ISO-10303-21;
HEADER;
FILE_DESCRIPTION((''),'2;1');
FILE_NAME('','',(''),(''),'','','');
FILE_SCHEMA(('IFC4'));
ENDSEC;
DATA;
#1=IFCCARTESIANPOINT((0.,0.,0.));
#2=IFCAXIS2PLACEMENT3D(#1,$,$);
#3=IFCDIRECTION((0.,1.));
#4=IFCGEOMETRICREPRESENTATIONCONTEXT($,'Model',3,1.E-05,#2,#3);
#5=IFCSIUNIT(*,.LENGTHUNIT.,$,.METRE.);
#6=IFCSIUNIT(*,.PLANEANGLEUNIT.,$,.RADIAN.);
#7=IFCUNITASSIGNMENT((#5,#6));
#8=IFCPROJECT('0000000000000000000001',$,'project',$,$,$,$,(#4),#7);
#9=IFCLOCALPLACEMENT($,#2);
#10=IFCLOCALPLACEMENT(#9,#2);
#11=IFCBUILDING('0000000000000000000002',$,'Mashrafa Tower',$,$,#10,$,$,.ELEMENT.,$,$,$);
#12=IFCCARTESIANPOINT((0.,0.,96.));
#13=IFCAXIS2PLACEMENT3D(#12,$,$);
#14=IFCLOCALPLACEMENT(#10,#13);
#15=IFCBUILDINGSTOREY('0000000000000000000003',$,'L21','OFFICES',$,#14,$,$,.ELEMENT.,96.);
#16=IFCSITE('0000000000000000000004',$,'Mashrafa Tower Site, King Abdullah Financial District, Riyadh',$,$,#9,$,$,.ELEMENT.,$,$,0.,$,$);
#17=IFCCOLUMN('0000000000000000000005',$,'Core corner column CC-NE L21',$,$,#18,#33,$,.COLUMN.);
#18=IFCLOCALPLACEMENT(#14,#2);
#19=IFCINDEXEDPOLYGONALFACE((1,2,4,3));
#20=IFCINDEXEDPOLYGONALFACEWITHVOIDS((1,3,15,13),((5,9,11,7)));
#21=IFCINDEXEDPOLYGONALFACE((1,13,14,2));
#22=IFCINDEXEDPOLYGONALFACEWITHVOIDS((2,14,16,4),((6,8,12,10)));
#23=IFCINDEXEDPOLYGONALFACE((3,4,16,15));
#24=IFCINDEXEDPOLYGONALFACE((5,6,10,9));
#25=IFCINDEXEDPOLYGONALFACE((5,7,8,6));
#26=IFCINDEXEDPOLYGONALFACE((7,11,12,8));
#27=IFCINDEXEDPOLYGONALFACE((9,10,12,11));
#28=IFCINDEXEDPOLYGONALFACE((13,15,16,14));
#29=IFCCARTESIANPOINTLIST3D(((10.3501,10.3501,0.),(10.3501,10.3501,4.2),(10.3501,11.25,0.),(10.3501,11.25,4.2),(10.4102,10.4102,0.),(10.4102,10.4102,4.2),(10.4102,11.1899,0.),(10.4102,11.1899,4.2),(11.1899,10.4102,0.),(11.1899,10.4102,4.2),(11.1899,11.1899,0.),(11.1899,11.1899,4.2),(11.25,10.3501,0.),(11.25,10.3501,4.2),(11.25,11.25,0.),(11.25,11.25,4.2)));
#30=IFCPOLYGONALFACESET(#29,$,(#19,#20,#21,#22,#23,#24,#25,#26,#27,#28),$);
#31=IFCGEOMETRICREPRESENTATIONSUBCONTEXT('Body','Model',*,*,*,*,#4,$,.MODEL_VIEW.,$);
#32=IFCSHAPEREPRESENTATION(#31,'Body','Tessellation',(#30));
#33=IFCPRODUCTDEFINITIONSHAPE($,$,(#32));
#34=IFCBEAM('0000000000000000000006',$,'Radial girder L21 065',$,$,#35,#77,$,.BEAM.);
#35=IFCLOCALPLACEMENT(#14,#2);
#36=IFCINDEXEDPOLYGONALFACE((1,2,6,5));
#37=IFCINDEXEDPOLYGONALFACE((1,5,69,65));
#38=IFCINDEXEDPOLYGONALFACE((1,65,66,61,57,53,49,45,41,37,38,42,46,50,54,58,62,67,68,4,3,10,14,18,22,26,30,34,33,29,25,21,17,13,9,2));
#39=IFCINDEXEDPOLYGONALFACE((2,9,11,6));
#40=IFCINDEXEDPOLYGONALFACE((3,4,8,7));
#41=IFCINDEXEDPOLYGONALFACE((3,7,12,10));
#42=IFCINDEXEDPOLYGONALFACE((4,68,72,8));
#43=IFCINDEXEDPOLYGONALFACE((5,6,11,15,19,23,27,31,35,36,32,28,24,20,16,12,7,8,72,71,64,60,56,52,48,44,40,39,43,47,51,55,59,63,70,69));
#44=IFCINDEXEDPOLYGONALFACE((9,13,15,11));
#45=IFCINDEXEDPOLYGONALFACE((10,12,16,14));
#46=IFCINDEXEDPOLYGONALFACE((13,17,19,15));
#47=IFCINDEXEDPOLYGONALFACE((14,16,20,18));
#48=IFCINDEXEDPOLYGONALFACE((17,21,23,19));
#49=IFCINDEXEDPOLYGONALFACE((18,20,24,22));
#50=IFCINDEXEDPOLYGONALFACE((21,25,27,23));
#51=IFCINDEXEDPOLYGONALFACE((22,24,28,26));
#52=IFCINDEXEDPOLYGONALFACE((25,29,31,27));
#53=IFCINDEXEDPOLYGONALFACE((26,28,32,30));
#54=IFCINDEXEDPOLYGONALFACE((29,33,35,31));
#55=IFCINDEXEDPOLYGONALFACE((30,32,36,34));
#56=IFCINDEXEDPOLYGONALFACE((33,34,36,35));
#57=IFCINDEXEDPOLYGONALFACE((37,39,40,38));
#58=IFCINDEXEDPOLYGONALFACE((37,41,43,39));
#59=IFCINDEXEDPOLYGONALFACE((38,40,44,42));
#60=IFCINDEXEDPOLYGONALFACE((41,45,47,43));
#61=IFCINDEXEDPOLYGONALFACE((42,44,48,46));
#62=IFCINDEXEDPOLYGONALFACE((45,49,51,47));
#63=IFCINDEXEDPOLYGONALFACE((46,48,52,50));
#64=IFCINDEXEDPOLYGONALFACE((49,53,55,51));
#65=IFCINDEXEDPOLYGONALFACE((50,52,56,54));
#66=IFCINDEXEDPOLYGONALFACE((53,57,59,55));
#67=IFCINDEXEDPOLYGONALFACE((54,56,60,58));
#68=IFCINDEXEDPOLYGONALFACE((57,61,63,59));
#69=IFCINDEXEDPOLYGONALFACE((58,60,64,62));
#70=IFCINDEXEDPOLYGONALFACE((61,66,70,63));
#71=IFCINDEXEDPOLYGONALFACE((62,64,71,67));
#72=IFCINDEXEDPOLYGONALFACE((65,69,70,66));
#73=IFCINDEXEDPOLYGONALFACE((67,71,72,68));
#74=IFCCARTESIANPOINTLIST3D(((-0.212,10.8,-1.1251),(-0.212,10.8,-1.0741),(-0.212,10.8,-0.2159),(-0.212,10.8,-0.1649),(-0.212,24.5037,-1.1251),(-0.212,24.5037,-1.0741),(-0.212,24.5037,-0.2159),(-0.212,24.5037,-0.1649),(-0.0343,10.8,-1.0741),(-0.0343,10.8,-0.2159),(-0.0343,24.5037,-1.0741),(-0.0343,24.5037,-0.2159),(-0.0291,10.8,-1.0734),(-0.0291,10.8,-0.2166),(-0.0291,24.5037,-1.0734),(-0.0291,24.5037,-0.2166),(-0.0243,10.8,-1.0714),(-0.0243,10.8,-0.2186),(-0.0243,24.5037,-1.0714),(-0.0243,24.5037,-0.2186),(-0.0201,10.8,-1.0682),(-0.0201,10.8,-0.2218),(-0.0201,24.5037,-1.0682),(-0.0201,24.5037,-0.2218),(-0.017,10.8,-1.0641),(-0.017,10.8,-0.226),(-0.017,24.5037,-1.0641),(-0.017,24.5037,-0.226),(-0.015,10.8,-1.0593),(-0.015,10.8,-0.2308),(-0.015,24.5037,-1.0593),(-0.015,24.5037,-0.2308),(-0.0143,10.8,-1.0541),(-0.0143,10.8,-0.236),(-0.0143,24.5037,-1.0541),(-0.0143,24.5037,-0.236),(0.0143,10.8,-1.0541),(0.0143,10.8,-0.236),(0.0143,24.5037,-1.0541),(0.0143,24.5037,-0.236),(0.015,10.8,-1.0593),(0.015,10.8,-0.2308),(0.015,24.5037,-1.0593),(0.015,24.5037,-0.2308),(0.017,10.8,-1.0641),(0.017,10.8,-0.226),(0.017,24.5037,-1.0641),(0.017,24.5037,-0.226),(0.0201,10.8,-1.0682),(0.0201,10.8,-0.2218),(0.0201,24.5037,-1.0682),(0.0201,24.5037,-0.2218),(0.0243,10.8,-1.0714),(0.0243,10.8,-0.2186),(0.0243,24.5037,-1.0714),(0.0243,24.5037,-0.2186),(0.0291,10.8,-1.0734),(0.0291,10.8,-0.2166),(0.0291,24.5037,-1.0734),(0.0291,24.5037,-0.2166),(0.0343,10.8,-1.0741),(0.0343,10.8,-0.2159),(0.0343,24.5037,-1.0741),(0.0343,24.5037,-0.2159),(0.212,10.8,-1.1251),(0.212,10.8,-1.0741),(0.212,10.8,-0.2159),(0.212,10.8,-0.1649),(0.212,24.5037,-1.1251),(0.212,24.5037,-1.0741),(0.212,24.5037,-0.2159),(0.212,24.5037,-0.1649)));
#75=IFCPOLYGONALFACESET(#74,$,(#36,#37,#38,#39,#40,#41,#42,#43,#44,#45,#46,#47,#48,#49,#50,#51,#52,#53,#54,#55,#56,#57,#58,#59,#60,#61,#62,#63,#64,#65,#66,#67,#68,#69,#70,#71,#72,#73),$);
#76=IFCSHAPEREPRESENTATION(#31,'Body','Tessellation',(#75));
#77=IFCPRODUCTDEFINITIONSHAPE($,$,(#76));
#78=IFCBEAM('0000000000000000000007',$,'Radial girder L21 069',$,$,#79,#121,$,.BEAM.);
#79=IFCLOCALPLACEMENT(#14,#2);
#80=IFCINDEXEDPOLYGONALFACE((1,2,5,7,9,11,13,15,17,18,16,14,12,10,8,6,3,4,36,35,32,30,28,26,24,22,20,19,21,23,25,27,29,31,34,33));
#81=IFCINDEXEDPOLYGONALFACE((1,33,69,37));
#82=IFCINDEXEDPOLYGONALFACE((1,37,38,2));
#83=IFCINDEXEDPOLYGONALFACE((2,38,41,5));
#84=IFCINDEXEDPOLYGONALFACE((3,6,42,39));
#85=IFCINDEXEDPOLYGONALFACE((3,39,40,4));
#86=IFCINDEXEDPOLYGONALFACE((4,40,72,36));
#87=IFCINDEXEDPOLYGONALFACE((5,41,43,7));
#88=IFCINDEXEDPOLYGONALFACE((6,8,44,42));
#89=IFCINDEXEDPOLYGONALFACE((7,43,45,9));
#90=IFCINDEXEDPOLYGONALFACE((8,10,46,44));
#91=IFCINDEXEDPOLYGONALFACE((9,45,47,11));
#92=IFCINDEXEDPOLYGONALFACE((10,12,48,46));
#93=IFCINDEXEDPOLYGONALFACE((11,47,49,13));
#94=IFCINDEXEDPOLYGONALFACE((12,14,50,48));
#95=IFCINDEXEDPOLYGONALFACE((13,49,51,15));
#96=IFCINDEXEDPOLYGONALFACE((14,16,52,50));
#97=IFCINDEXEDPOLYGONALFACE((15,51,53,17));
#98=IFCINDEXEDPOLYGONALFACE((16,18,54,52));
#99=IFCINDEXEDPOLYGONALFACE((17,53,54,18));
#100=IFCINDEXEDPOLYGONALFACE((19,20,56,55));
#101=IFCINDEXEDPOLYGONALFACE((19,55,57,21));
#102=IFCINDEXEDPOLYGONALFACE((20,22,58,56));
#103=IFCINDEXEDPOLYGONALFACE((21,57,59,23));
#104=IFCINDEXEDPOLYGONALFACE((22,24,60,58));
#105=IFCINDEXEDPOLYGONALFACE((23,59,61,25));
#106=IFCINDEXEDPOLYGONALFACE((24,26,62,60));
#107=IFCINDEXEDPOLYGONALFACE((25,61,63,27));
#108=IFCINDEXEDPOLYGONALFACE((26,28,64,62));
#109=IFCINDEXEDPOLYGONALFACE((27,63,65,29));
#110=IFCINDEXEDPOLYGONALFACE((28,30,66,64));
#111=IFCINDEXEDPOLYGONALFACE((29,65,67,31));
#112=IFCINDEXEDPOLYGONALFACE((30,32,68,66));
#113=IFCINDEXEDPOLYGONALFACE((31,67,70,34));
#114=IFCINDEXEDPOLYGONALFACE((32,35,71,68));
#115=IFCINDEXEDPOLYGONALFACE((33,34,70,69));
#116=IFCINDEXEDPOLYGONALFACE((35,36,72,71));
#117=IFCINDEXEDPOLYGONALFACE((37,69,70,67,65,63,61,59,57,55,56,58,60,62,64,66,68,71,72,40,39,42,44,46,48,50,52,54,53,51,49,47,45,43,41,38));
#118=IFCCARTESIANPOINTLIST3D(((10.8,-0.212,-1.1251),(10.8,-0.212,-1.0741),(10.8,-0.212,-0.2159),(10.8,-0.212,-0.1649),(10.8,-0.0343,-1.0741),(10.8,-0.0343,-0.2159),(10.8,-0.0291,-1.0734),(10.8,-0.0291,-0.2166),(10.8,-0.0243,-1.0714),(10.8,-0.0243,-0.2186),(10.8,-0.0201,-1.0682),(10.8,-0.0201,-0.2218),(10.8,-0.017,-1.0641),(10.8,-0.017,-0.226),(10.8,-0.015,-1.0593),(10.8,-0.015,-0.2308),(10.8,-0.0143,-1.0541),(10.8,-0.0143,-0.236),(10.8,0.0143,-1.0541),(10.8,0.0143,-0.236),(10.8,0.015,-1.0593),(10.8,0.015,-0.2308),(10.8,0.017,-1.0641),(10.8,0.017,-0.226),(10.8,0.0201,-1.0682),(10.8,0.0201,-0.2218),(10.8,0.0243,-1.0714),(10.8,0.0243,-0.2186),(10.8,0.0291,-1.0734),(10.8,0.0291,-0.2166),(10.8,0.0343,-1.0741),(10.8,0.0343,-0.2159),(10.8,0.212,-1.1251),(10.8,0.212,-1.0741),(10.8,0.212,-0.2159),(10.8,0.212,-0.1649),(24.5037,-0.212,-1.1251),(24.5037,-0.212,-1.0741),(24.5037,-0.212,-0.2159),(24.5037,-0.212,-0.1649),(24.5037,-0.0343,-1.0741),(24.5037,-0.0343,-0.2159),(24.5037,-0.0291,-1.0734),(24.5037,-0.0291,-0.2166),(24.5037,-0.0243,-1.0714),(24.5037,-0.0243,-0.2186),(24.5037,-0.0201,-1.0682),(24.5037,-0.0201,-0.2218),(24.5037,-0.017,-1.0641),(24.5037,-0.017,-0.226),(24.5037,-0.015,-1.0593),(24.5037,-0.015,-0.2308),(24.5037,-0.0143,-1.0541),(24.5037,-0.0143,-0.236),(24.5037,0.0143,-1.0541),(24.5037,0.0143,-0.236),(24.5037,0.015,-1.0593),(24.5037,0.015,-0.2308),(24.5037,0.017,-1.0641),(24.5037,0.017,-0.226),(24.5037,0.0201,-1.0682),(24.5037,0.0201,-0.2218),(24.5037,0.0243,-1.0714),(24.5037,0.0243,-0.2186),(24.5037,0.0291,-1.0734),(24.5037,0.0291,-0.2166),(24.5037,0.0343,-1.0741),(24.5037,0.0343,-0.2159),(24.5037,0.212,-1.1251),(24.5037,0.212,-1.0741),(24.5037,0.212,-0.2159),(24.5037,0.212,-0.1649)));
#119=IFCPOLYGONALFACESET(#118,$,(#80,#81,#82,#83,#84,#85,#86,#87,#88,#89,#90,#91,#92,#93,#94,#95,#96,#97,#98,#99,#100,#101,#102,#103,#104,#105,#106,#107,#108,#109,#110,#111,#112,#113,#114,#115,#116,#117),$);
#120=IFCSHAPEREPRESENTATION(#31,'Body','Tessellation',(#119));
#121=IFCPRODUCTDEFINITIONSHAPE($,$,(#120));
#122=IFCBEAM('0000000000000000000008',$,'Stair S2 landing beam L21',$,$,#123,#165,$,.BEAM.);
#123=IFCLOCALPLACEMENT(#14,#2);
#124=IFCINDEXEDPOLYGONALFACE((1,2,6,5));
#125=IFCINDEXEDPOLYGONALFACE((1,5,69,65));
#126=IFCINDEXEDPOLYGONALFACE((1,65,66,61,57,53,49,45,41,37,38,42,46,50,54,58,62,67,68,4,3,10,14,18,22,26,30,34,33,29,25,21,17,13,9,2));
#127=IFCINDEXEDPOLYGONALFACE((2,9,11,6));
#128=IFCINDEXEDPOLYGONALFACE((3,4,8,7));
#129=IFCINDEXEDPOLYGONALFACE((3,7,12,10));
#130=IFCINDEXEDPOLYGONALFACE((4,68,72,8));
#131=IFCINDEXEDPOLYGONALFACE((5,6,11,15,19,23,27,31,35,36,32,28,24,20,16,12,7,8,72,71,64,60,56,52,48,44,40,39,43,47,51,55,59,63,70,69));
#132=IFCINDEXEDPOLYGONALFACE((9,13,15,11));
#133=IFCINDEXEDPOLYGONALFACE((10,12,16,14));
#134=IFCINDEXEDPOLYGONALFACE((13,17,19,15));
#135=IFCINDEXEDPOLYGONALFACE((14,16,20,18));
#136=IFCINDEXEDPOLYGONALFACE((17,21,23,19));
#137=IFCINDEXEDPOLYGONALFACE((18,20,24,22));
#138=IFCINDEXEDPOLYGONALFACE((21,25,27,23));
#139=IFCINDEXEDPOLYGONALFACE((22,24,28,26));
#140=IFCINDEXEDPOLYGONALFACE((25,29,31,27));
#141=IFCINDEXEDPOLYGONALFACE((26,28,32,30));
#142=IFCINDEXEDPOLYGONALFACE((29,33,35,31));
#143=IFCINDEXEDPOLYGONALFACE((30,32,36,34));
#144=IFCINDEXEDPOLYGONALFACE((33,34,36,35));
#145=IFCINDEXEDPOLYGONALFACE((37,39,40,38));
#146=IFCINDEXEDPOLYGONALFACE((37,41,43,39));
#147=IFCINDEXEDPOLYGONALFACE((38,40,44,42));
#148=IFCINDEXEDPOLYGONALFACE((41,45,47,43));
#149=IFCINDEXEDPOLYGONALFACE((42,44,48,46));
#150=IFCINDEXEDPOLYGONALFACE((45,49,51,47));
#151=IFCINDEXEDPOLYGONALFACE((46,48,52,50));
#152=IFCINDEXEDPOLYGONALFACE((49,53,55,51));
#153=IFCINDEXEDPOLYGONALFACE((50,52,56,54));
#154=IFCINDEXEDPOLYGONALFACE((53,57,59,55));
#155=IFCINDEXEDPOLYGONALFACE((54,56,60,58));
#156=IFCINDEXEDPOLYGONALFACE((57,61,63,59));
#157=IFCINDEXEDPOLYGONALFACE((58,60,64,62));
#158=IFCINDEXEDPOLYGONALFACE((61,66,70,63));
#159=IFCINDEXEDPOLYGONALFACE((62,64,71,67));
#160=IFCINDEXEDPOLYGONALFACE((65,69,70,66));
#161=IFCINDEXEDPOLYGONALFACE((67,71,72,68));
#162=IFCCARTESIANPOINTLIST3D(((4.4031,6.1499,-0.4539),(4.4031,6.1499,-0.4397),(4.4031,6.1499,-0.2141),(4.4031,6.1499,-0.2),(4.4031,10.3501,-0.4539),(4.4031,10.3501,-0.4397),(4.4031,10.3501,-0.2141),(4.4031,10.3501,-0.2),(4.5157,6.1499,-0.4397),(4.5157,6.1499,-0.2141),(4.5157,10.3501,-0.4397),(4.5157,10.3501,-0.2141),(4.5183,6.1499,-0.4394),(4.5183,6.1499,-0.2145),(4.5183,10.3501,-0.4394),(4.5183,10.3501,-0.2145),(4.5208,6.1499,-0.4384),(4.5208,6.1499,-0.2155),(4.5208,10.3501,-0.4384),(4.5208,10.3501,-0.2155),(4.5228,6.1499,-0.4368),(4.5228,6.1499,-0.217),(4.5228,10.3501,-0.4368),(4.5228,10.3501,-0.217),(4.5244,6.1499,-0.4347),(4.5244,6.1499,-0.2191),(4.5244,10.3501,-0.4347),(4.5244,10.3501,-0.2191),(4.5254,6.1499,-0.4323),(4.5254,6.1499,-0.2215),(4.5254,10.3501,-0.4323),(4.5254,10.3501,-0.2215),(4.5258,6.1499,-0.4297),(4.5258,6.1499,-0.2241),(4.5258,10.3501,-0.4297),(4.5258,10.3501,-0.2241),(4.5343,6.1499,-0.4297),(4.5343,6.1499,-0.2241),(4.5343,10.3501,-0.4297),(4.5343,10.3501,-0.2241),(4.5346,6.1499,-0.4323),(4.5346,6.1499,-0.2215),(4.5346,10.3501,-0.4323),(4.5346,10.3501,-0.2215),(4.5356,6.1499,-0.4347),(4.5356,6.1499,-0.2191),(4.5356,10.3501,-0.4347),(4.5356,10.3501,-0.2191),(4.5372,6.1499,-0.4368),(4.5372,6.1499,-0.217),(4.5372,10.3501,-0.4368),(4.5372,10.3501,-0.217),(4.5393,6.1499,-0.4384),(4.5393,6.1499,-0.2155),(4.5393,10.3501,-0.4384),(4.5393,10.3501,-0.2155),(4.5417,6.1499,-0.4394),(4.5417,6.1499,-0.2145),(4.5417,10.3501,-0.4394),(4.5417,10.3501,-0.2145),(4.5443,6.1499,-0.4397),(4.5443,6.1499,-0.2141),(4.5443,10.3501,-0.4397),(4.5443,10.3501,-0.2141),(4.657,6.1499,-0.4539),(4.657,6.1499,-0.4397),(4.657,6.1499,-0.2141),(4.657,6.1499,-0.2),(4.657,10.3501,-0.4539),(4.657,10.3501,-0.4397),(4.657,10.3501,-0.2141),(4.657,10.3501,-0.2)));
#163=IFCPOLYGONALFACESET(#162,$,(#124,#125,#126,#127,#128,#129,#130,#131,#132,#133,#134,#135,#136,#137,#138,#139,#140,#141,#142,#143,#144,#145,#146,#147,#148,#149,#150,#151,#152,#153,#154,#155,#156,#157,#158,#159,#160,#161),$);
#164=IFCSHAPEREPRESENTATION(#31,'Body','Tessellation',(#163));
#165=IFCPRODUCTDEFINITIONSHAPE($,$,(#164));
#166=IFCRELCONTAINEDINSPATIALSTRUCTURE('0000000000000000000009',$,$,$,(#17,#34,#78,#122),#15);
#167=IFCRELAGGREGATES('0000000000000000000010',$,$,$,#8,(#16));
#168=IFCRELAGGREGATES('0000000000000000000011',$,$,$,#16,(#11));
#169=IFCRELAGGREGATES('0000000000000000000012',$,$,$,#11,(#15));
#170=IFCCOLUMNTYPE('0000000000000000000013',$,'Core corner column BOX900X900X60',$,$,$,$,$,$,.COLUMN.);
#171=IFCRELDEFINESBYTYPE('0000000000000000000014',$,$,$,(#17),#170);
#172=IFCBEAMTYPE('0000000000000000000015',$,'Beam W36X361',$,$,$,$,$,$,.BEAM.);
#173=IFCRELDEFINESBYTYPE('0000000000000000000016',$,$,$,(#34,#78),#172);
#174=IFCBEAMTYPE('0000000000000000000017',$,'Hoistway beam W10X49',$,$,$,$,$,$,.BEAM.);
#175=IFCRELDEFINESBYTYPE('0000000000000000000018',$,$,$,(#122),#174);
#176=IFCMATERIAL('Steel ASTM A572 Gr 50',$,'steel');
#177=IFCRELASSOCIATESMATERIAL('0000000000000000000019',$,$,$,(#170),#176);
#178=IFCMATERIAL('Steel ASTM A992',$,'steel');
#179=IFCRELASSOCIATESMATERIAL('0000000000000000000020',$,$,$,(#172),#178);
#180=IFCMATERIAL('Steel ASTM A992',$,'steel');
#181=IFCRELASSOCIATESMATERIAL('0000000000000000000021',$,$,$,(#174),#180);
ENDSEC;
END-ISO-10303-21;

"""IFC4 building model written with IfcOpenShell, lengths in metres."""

from ifc_helpers import new_model, si_unit, direction, frame, origin, origin_2d, place, context, subcontext, project, spatial, hollow_rectangle, i_section, extrude, material, material_profile, profile_set, type_object, element, save


model = new_model("IFC4")

# Units and contexts
model_context = context("Model", 3, precision=1e-05, world=origin(), true_north=direction((0.0, 1.0)))
body_context = subcontext(model_context, "Body", "Model", "MODEL_VIEW")
ifc_project = project(units=[si_unit("LENGTHUNIT", "METRE"), si_unit("PLANEANGLEUNIT", "RADIAN")], contexts=[model_context])

# Site, building, storey
site_placement = place(None, origin())
site = spatial("IfcSite", under=ifc_project, at=site_placement, Name="Mashrafa Tower Site, King Abdullah Financial District, Riyadh", CompositionType="ELEMENT", RefElevation=0.0)
building_placement = place(site_placement, origin())
building = spatial("IfcBuilding", under=site, at=building_placement, Name="Mashrafa Tower", CompositionType="ELEMENT")
storey_placement = place(building_placement, frame((0.0, 0.0, 96.0)))
storey = spatial("IfcBuildingStorey", under=building, at=storey_placement, Name="L21", Description="OFFICES", CompositionType="ELEMENT", Elevation=96.0)

# Column
ifc_material_1 = material(Name="Steel ASTM A572 Gr 50", Category="steel")
ifc_material_profile_1 = material_profile(ifc_material_1, hollow_rectangle(XDim=0.8999, YDim=0.8999, WallThickness=0.0601, at=origin_2d()), Name="BOX900X900X60")
ifc_profile_set_1 = profile_set([ifc_material_profile_1], Name="Steel ASTM A572 Gr 50")
column_type = type_object("IfcColumnType", Name="Core corner column BOX900X900X60", PredefinedType="COLUMN", material=ifc_profile_set_1)
column_placement = place(storey_placement, frame((10.8, 10.8, 0.0), z_axis=(0.0, 0.0, 1.0), x_axis=(1.0, 0.0, 0.0)))
element("IfcColumn", 1, at=column_placement, inside=storey, type_object=column_type, Name="Core corner column CC-NE L21", PredefinedType="COLUMN", context=body_context, shape_type="SweptSolid", body=[
    extrude(hollow_rectangle(XDim=0.8999, YDim=0.8999, WallThickness=0.0601, at=origin_2d()), origin(), (0.0, 0.0, 1.0), 4.2),
])

# Beams
ifc_material_2 = material(Name="Steel ASTM A992", Category="steel")
ifc_material_profile_2 = material_profile(ifc_material_2, i_section(OverallWidth=0.4241, OverallDepth=0.9602, WebThickness=0.0286, FlangeThickness=0.051, FilletRadius=0.02, at=origin_2d()), Name="W36X361")
ifc_profile_set_2 = profile_set([ifc_material_profile_2], Name="Steel ASTM A992")
beam_type_1 = type_object("IfcBeamType", Name="Beam W36X361", PredefinedType="BEAM", material=ifc_profile_set_2)
for number, where, z_axis, x_axis, name in (
    (2, (0.0, 10.8, -0.645), (0.0, 1.0, 0.0), (-1.0, 0.0, 0.0), "Radial girder L21 065"),
    (3, (10.8, 0.0, -0.645), (1.0, 0.0, 0.0), (0.0, 1.0, 0.0), "Radial girder L21 069"),
):
    element("IfcBeam", number, at=place(storey_placement, frame(where, z_axis=z_axis, x_axis=x_axis)), inside=storey, type_object=beam_type_1, Name=name, PredefinedType="BEAM", context=body_context, shape_type="SweptSolid", body=[
        extrude(i_section(OverallWidth=0.4241, OverallDepth=0.9602, WebThickness=0.0286, FlangeThickness=0.051, FilletRadius=0.02, at=origin_2d()), origin(), (0.0, 0.0, 1.0), 13.7036),
    ])
ifc_material_3 = material(Name="Steel ASTM A992", Category="steel")
ifc_material_profile_3 = material_profile(ifc_material_3, i_section(OverallWidth=0.2539, OverallDepth=0.2539, WebThickness=0.0085, FlangeThickness=0.0142, FilletRadius=0.01, at=origin_2d()), Name="W10X49")
ifc_profile_set_3 = profile_set([ifc_material_profile_3], Name="Steel ASTM A992")
beam_type_2 = type_object("IfcBeamType", Name="Hoistway beam W10X49", PredefinedType="BEAM", material=ifc_profile_set_3)
beam_placement = place(storey_placement, frame((4.53, 6.1499, -0.3269), z_axis=(0.0, 1.0, 0.0), x_axis=(-1.0, 0.0, 0.0)))
element("IfcBeam", 4, at=beam_placement, inside=storey, type_object=beam_type_2, Name="Stair S2 landing beam L21", PredefinedType="BEAM", context=body_context, shape_type="SweptSolid", body=[
    extrude(i_section(OverallWidth=0.2539, OverallDepth=0.2539, WebThickness=0.0085, FlangeThickness=0.0142, FilletRadius=0.01, at=origin_2d()), origin(), (0.0, 0.0, 1.0), 4.2002),
])

save(model, "model.ifc")
